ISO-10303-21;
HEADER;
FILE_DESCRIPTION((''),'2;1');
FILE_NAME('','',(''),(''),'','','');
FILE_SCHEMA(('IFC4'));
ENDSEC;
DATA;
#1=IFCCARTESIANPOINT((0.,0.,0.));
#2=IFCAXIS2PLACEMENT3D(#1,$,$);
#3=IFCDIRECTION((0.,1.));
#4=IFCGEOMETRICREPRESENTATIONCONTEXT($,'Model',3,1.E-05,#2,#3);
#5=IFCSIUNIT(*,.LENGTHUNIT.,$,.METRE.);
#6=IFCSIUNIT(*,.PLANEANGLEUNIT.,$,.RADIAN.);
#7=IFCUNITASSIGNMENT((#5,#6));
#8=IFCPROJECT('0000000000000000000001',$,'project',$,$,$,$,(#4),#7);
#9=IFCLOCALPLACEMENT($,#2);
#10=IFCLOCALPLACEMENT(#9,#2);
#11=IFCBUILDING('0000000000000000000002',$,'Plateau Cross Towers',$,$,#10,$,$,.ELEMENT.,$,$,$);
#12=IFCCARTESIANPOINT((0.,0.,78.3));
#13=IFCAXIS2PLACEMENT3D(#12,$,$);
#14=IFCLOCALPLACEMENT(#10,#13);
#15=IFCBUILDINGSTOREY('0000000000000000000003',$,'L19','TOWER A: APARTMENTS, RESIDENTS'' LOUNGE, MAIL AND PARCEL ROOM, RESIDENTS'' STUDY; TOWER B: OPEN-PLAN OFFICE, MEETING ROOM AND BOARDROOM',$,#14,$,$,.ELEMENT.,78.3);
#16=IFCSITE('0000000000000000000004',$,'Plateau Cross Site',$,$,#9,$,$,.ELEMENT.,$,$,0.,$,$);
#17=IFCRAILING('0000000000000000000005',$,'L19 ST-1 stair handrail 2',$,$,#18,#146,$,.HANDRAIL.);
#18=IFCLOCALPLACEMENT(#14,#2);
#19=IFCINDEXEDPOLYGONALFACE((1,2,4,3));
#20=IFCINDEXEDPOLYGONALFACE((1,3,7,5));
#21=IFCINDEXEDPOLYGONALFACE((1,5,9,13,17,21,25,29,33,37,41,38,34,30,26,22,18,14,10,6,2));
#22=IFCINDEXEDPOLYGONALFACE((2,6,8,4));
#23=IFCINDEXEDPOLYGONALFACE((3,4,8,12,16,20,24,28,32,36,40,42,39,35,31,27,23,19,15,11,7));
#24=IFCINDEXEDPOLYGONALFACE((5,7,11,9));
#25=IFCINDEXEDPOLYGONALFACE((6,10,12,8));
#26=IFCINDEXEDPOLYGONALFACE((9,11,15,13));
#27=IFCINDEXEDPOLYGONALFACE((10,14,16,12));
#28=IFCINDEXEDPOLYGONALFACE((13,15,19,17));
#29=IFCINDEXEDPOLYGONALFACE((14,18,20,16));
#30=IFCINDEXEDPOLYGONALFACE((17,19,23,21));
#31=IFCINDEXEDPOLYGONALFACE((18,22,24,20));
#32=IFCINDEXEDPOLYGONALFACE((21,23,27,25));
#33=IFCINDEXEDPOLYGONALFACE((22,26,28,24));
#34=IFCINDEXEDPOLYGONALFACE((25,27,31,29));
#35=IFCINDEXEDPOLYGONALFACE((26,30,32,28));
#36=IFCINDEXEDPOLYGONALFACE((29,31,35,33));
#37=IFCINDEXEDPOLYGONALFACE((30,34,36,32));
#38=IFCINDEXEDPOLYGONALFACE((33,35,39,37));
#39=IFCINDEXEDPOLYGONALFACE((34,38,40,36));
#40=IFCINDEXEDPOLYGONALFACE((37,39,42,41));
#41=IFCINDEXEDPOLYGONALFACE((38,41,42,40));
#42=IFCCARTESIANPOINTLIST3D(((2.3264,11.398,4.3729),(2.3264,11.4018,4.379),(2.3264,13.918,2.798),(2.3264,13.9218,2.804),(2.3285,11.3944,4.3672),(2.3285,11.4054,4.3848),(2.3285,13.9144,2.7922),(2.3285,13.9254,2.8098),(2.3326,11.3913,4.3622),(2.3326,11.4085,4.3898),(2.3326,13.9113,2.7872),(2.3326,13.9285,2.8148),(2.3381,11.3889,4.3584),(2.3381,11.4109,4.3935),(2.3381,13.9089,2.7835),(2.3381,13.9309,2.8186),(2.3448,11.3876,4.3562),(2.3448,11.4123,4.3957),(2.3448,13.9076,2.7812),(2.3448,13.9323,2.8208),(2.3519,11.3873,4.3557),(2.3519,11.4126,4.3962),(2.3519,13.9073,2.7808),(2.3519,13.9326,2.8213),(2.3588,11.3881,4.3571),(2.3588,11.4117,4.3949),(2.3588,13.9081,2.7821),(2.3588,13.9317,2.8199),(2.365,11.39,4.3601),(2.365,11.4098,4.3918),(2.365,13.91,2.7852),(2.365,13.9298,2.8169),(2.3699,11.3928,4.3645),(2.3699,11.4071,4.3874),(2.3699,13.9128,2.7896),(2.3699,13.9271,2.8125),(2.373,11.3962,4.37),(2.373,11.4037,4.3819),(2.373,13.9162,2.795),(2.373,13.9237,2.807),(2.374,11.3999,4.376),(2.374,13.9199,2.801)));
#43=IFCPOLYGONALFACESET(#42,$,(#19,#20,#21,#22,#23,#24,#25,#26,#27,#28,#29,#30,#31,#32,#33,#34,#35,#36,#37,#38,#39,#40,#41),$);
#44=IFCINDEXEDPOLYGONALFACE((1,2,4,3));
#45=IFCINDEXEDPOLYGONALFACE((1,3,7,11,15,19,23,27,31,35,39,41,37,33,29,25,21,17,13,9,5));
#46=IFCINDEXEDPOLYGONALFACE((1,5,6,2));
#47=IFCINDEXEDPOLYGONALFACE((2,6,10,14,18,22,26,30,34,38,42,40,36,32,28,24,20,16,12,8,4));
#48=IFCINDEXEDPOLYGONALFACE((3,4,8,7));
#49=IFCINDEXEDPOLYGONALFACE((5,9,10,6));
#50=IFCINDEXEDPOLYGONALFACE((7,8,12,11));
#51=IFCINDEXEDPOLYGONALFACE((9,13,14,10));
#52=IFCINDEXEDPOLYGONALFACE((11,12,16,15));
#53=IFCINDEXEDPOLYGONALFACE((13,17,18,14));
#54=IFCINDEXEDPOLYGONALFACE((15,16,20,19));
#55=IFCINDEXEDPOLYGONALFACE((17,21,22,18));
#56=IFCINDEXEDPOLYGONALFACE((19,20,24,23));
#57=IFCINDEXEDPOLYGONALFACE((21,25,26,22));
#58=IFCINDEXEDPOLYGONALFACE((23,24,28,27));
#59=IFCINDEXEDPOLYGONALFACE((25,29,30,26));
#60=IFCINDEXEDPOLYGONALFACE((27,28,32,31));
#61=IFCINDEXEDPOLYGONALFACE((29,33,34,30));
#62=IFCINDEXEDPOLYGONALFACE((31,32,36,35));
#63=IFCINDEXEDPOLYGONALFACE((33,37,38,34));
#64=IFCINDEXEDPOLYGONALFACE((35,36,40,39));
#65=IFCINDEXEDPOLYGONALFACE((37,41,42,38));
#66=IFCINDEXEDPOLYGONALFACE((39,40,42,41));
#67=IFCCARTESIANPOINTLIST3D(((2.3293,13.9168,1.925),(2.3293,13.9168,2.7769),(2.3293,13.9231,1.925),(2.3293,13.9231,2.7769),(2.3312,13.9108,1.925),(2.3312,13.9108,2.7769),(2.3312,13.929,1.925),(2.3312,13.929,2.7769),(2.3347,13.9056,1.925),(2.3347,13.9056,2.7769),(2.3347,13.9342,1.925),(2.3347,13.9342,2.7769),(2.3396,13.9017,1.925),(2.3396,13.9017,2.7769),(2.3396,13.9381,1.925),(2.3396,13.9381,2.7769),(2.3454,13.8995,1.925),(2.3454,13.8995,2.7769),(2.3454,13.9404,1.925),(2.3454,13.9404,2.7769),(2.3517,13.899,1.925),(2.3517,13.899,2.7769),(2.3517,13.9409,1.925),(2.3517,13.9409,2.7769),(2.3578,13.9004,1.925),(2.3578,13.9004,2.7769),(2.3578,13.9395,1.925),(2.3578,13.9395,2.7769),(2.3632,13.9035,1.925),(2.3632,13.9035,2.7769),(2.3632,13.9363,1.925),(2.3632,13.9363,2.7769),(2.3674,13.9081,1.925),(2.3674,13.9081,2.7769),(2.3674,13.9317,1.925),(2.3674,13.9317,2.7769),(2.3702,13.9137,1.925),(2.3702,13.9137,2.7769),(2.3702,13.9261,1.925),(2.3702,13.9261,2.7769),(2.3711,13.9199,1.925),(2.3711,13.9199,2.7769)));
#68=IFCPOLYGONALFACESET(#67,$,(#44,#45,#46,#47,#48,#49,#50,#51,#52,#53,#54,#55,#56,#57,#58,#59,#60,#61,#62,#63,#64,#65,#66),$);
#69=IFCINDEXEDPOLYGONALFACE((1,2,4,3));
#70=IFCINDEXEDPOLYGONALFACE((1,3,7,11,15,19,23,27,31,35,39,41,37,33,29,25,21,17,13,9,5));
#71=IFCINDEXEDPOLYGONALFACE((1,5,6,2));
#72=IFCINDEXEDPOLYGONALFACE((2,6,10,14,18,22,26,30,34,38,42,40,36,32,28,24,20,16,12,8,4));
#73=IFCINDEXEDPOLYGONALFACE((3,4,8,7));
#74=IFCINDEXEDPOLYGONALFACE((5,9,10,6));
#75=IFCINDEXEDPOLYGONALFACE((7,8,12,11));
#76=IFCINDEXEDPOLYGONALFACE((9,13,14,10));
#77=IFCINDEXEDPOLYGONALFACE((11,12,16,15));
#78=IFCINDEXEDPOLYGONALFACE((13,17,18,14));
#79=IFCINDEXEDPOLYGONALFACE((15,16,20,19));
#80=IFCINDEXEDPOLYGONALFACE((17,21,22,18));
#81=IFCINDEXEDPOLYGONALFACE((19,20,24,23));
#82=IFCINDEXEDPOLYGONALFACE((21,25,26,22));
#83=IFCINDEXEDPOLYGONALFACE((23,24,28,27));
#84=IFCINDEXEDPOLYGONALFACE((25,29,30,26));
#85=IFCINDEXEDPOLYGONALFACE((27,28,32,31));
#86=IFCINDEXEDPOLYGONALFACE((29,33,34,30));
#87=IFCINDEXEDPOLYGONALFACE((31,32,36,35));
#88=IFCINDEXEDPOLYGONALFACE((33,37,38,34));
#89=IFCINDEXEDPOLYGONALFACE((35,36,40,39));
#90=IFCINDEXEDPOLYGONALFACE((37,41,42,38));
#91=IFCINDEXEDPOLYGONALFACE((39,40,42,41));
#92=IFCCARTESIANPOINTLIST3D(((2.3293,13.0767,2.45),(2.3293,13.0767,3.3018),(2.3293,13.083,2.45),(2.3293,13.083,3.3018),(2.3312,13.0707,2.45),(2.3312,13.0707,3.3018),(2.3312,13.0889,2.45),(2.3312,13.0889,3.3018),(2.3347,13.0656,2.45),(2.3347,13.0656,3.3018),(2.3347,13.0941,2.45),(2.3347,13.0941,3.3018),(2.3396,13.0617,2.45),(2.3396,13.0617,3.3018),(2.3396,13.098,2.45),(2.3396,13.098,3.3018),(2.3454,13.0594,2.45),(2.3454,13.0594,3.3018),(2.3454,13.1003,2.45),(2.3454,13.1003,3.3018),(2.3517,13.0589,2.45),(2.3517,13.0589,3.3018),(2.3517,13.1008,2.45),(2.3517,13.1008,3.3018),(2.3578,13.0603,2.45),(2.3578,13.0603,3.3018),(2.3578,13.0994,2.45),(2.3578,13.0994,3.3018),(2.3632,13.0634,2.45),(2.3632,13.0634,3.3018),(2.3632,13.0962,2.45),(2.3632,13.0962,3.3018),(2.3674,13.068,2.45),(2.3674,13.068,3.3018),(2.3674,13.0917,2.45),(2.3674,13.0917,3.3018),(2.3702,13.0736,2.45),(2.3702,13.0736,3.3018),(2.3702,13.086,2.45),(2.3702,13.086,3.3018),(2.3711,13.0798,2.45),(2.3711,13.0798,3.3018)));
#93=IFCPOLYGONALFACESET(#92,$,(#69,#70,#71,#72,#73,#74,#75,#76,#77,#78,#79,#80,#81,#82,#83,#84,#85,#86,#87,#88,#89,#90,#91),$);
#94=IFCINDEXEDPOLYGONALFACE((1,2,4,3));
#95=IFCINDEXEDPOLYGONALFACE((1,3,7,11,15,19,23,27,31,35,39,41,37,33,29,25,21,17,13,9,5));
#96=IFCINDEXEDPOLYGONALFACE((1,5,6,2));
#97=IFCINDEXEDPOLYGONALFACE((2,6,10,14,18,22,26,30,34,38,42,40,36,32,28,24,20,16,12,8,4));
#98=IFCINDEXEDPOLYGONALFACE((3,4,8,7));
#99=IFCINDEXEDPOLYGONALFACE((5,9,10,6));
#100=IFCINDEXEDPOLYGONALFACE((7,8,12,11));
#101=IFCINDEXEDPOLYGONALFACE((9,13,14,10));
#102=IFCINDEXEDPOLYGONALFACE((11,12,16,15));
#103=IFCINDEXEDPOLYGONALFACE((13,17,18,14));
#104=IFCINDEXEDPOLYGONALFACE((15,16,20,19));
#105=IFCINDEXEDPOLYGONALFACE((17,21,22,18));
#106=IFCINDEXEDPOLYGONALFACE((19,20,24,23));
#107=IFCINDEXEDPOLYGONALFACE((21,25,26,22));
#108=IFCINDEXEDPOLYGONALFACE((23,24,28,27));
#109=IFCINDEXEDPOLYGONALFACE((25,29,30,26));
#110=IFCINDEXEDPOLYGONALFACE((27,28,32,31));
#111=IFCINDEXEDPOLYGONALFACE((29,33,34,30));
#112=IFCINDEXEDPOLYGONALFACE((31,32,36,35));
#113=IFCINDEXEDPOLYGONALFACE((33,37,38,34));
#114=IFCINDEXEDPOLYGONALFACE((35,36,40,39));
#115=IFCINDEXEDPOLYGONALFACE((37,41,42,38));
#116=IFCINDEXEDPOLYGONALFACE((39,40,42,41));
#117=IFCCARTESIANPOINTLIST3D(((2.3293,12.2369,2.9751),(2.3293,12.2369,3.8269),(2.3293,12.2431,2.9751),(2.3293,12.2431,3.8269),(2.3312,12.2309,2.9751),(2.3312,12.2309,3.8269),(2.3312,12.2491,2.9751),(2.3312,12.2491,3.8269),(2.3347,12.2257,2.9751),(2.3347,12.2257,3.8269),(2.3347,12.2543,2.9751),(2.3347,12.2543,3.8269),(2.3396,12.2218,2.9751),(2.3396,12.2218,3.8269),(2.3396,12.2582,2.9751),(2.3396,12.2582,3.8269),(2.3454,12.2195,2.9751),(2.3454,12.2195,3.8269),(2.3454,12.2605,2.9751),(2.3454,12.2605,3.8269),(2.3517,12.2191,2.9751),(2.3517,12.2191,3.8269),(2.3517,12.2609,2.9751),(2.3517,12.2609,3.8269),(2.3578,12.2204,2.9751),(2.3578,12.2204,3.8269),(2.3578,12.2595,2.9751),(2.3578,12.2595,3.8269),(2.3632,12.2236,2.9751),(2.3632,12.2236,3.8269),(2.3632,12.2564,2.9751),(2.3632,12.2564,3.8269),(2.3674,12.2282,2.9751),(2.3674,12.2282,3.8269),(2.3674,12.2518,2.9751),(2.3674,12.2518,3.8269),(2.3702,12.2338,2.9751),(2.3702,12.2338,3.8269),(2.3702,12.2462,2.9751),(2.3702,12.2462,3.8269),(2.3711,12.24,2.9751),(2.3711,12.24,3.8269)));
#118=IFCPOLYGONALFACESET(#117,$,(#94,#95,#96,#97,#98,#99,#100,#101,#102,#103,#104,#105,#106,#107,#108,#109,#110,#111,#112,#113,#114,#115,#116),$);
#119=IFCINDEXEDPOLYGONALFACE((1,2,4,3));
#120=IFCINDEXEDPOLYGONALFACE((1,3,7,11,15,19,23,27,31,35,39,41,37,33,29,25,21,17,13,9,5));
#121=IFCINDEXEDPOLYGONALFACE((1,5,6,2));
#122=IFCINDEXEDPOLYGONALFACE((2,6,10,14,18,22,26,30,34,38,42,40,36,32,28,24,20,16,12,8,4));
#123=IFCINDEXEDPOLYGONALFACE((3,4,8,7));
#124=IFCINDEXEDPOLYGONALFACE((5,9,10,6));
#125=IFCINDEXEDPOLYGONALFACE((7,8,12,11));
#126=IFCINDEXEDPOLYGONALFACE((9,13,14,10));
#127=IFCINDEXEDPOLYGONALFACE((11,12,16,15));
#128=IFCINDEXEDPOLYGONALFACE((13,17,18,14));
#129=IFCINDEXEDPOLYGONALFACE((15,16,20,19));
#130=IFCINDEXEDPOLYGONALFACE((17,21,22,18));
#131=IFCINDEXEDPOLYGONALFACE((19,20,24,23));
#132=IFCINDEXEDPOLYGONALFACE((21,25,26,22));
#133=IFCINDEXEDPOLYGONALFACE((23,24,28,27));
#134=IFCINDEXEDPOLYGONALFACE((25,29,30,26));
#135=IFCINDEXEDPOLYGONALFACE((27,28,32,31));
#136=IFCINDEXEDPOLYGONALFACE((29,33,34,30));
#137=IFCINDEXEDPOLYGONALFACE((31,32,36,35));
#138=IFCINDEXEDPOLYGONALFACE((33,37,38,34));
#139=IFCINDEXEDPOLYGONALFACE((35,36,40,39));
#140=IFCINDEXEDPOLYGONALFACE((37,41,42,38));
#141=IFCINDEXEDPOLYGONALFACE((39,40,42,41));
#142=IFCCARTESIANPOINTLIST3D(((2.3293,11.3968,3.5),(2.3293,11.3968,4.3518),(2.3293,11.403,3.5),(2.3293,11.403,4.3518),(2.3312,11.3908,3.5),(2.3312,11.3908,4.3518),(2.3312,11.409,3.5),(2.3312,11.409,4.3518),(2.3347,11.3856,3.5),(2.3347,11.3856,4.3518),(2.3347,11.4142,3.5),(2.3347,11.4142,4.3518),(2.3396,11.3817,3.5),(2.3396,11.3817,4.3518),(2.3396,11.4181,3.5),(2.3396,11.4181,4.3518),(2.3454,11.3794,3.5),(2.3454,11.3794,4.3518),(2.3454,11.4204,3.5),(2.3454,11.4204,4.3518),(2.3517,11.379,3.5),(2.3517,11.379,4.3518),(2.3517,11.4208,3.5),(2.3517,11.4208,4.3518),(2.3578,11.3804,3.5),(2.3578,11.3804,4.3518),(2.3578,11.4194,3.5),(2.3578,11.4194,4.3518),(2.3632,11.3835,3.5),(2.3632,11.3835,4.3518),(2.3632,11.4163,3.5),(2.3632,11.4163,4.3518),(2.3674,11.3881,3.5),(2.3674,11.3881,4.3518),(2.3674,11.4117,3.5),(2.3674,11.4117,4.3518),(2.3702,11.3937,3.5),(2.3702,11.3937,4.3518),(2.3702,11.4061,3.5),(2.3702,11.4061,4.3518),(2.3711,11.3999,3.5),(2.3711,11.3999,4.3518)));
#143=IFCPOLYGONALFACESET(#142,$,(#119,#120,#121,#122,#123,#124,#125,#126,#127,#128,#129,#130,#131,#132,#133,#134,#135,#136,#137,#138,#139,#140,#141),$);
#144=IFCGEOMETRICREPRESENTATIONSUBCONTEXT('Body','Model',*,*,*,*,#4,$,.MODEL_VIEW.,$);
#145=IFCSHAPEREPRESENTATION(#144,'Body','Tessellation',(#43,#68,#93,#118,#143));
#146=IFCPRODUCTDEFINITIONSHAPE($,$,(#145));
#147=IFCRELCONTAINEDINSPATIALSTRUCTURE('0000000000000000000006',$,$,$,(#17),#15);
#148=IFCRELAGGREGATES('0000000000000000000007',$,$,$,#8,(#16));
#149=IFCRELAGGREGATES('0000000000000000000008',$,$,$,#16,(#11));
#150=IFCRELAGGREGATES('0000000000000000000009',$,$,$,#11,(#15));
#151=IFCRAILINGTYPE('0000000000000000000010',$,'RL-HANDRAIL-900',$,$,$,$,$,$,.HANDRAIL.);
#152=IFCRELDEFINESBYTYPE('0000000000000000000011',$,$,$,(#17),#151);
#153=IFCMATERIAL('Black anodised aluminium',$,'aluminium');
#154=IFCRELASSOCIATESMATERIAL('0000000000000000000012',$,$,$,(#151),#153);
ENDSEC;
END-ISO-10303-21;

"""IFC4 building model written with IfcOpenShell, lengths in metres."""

from ifc_helpers import new_model, si_unit, direction, frame, origin, origin_2d, place, context, subcontext, project, spatial, circle, extrude, material, type_object, element, save


model = new_model("IFC4")

# Units and contexts
model_context = context("Model", 3, precision=1e-05, world=origin(), true_north=direction((0.0, 1.0)))
body_context = subcontext(model_context, "Body", "Model", "MODEL_VIEW")
ifc_project = project(units=[si_unit("LENGTHUNIT", "METRE"), si_unit("PLANEANGLEUNIT", "RADIAN")], contexts=[model_context])

# Site, building, storey
site_placement = place(None, origin())
site = spatial("IfcSite", under=ifc_project, at=site_placement, Name="Plateau Cross Site", CompositionType="ELEMENT", RefElevation=0.0)
building_placement = place(site_placement, origin())
building = spatial("IfcBuilding", under=site, at=building_placement, Name="Plateau Cross Towers", CompositionType="ELEMENT")
storey_placement = place(building_placement, frame((0.0, 0.0, 78.3)))
storey = spatial("IfcBuildingStorey", under=building, at=storey_placement, Name="L19", Description="TOWER A: APARTMENTS, RESIDENTS' LOUNGE, MAIL AND PARCEL ROOM, RESIDENTS' STUDY; TOWER B: OPEN-PLAN OFFICE, MEETING ROOM AND BOARDROOM", CompositionType="ELEMENT", Elevation=78.3)

# Shared definitions
ifc_material_1 = material(Name="Black anodised aluminium", Category="aluminium")

# Railing
railing_type_1 = type_object("IfcRailingType", Name="RL-HANDRAIL-900", PredefinedType="HANDRAIL", material=ifc_material_1)
railing_1_placement = place(storey_placement, frame((2.3501, 13.9199, 1.925)))
element("IfcRailing", 1, at=railing_1_placement, inside=storey, type_object=railing_type_1, Name="L19 ST-1 stair handrail 2", PredefinedType="HANDRAIL", context=body_context, shape_type="SweptSolid", body=[
    extrude(circle(Radius=0.0239, at=origin_2d()), frame((0.0, 0.0, 0.876), z_axis=(0.0, -0.848008, 0.529984), x_axis=(1.0, 0.0, 0.0)), (0.0, 0.0, 1.0), 2.9717),
    extrude(circle(Radius=0.021, at=origin_2d()), origin(), (0.0, 0.0, 1.0), 0.8518),
    extrude(circle(Radius=0.021, at=origin_2d()), frame((0.0, -0.8401, 0.5249)), (0.0, 0.0, 1.0), 0.8518),
    extrude(circle(Radius=0.021, at=origin_2d()), frame((0.0, -1.6799, 1.05)), (0.0, 0.0, 1.0), 0.8518),
    extrude(circle(Radius=0.021, at=origin_2d()), frame((0.0, -2.52, 1.575)), (0.0, 0.0, 1.0), 0.8518),
])

save(model, "model.ifc")
